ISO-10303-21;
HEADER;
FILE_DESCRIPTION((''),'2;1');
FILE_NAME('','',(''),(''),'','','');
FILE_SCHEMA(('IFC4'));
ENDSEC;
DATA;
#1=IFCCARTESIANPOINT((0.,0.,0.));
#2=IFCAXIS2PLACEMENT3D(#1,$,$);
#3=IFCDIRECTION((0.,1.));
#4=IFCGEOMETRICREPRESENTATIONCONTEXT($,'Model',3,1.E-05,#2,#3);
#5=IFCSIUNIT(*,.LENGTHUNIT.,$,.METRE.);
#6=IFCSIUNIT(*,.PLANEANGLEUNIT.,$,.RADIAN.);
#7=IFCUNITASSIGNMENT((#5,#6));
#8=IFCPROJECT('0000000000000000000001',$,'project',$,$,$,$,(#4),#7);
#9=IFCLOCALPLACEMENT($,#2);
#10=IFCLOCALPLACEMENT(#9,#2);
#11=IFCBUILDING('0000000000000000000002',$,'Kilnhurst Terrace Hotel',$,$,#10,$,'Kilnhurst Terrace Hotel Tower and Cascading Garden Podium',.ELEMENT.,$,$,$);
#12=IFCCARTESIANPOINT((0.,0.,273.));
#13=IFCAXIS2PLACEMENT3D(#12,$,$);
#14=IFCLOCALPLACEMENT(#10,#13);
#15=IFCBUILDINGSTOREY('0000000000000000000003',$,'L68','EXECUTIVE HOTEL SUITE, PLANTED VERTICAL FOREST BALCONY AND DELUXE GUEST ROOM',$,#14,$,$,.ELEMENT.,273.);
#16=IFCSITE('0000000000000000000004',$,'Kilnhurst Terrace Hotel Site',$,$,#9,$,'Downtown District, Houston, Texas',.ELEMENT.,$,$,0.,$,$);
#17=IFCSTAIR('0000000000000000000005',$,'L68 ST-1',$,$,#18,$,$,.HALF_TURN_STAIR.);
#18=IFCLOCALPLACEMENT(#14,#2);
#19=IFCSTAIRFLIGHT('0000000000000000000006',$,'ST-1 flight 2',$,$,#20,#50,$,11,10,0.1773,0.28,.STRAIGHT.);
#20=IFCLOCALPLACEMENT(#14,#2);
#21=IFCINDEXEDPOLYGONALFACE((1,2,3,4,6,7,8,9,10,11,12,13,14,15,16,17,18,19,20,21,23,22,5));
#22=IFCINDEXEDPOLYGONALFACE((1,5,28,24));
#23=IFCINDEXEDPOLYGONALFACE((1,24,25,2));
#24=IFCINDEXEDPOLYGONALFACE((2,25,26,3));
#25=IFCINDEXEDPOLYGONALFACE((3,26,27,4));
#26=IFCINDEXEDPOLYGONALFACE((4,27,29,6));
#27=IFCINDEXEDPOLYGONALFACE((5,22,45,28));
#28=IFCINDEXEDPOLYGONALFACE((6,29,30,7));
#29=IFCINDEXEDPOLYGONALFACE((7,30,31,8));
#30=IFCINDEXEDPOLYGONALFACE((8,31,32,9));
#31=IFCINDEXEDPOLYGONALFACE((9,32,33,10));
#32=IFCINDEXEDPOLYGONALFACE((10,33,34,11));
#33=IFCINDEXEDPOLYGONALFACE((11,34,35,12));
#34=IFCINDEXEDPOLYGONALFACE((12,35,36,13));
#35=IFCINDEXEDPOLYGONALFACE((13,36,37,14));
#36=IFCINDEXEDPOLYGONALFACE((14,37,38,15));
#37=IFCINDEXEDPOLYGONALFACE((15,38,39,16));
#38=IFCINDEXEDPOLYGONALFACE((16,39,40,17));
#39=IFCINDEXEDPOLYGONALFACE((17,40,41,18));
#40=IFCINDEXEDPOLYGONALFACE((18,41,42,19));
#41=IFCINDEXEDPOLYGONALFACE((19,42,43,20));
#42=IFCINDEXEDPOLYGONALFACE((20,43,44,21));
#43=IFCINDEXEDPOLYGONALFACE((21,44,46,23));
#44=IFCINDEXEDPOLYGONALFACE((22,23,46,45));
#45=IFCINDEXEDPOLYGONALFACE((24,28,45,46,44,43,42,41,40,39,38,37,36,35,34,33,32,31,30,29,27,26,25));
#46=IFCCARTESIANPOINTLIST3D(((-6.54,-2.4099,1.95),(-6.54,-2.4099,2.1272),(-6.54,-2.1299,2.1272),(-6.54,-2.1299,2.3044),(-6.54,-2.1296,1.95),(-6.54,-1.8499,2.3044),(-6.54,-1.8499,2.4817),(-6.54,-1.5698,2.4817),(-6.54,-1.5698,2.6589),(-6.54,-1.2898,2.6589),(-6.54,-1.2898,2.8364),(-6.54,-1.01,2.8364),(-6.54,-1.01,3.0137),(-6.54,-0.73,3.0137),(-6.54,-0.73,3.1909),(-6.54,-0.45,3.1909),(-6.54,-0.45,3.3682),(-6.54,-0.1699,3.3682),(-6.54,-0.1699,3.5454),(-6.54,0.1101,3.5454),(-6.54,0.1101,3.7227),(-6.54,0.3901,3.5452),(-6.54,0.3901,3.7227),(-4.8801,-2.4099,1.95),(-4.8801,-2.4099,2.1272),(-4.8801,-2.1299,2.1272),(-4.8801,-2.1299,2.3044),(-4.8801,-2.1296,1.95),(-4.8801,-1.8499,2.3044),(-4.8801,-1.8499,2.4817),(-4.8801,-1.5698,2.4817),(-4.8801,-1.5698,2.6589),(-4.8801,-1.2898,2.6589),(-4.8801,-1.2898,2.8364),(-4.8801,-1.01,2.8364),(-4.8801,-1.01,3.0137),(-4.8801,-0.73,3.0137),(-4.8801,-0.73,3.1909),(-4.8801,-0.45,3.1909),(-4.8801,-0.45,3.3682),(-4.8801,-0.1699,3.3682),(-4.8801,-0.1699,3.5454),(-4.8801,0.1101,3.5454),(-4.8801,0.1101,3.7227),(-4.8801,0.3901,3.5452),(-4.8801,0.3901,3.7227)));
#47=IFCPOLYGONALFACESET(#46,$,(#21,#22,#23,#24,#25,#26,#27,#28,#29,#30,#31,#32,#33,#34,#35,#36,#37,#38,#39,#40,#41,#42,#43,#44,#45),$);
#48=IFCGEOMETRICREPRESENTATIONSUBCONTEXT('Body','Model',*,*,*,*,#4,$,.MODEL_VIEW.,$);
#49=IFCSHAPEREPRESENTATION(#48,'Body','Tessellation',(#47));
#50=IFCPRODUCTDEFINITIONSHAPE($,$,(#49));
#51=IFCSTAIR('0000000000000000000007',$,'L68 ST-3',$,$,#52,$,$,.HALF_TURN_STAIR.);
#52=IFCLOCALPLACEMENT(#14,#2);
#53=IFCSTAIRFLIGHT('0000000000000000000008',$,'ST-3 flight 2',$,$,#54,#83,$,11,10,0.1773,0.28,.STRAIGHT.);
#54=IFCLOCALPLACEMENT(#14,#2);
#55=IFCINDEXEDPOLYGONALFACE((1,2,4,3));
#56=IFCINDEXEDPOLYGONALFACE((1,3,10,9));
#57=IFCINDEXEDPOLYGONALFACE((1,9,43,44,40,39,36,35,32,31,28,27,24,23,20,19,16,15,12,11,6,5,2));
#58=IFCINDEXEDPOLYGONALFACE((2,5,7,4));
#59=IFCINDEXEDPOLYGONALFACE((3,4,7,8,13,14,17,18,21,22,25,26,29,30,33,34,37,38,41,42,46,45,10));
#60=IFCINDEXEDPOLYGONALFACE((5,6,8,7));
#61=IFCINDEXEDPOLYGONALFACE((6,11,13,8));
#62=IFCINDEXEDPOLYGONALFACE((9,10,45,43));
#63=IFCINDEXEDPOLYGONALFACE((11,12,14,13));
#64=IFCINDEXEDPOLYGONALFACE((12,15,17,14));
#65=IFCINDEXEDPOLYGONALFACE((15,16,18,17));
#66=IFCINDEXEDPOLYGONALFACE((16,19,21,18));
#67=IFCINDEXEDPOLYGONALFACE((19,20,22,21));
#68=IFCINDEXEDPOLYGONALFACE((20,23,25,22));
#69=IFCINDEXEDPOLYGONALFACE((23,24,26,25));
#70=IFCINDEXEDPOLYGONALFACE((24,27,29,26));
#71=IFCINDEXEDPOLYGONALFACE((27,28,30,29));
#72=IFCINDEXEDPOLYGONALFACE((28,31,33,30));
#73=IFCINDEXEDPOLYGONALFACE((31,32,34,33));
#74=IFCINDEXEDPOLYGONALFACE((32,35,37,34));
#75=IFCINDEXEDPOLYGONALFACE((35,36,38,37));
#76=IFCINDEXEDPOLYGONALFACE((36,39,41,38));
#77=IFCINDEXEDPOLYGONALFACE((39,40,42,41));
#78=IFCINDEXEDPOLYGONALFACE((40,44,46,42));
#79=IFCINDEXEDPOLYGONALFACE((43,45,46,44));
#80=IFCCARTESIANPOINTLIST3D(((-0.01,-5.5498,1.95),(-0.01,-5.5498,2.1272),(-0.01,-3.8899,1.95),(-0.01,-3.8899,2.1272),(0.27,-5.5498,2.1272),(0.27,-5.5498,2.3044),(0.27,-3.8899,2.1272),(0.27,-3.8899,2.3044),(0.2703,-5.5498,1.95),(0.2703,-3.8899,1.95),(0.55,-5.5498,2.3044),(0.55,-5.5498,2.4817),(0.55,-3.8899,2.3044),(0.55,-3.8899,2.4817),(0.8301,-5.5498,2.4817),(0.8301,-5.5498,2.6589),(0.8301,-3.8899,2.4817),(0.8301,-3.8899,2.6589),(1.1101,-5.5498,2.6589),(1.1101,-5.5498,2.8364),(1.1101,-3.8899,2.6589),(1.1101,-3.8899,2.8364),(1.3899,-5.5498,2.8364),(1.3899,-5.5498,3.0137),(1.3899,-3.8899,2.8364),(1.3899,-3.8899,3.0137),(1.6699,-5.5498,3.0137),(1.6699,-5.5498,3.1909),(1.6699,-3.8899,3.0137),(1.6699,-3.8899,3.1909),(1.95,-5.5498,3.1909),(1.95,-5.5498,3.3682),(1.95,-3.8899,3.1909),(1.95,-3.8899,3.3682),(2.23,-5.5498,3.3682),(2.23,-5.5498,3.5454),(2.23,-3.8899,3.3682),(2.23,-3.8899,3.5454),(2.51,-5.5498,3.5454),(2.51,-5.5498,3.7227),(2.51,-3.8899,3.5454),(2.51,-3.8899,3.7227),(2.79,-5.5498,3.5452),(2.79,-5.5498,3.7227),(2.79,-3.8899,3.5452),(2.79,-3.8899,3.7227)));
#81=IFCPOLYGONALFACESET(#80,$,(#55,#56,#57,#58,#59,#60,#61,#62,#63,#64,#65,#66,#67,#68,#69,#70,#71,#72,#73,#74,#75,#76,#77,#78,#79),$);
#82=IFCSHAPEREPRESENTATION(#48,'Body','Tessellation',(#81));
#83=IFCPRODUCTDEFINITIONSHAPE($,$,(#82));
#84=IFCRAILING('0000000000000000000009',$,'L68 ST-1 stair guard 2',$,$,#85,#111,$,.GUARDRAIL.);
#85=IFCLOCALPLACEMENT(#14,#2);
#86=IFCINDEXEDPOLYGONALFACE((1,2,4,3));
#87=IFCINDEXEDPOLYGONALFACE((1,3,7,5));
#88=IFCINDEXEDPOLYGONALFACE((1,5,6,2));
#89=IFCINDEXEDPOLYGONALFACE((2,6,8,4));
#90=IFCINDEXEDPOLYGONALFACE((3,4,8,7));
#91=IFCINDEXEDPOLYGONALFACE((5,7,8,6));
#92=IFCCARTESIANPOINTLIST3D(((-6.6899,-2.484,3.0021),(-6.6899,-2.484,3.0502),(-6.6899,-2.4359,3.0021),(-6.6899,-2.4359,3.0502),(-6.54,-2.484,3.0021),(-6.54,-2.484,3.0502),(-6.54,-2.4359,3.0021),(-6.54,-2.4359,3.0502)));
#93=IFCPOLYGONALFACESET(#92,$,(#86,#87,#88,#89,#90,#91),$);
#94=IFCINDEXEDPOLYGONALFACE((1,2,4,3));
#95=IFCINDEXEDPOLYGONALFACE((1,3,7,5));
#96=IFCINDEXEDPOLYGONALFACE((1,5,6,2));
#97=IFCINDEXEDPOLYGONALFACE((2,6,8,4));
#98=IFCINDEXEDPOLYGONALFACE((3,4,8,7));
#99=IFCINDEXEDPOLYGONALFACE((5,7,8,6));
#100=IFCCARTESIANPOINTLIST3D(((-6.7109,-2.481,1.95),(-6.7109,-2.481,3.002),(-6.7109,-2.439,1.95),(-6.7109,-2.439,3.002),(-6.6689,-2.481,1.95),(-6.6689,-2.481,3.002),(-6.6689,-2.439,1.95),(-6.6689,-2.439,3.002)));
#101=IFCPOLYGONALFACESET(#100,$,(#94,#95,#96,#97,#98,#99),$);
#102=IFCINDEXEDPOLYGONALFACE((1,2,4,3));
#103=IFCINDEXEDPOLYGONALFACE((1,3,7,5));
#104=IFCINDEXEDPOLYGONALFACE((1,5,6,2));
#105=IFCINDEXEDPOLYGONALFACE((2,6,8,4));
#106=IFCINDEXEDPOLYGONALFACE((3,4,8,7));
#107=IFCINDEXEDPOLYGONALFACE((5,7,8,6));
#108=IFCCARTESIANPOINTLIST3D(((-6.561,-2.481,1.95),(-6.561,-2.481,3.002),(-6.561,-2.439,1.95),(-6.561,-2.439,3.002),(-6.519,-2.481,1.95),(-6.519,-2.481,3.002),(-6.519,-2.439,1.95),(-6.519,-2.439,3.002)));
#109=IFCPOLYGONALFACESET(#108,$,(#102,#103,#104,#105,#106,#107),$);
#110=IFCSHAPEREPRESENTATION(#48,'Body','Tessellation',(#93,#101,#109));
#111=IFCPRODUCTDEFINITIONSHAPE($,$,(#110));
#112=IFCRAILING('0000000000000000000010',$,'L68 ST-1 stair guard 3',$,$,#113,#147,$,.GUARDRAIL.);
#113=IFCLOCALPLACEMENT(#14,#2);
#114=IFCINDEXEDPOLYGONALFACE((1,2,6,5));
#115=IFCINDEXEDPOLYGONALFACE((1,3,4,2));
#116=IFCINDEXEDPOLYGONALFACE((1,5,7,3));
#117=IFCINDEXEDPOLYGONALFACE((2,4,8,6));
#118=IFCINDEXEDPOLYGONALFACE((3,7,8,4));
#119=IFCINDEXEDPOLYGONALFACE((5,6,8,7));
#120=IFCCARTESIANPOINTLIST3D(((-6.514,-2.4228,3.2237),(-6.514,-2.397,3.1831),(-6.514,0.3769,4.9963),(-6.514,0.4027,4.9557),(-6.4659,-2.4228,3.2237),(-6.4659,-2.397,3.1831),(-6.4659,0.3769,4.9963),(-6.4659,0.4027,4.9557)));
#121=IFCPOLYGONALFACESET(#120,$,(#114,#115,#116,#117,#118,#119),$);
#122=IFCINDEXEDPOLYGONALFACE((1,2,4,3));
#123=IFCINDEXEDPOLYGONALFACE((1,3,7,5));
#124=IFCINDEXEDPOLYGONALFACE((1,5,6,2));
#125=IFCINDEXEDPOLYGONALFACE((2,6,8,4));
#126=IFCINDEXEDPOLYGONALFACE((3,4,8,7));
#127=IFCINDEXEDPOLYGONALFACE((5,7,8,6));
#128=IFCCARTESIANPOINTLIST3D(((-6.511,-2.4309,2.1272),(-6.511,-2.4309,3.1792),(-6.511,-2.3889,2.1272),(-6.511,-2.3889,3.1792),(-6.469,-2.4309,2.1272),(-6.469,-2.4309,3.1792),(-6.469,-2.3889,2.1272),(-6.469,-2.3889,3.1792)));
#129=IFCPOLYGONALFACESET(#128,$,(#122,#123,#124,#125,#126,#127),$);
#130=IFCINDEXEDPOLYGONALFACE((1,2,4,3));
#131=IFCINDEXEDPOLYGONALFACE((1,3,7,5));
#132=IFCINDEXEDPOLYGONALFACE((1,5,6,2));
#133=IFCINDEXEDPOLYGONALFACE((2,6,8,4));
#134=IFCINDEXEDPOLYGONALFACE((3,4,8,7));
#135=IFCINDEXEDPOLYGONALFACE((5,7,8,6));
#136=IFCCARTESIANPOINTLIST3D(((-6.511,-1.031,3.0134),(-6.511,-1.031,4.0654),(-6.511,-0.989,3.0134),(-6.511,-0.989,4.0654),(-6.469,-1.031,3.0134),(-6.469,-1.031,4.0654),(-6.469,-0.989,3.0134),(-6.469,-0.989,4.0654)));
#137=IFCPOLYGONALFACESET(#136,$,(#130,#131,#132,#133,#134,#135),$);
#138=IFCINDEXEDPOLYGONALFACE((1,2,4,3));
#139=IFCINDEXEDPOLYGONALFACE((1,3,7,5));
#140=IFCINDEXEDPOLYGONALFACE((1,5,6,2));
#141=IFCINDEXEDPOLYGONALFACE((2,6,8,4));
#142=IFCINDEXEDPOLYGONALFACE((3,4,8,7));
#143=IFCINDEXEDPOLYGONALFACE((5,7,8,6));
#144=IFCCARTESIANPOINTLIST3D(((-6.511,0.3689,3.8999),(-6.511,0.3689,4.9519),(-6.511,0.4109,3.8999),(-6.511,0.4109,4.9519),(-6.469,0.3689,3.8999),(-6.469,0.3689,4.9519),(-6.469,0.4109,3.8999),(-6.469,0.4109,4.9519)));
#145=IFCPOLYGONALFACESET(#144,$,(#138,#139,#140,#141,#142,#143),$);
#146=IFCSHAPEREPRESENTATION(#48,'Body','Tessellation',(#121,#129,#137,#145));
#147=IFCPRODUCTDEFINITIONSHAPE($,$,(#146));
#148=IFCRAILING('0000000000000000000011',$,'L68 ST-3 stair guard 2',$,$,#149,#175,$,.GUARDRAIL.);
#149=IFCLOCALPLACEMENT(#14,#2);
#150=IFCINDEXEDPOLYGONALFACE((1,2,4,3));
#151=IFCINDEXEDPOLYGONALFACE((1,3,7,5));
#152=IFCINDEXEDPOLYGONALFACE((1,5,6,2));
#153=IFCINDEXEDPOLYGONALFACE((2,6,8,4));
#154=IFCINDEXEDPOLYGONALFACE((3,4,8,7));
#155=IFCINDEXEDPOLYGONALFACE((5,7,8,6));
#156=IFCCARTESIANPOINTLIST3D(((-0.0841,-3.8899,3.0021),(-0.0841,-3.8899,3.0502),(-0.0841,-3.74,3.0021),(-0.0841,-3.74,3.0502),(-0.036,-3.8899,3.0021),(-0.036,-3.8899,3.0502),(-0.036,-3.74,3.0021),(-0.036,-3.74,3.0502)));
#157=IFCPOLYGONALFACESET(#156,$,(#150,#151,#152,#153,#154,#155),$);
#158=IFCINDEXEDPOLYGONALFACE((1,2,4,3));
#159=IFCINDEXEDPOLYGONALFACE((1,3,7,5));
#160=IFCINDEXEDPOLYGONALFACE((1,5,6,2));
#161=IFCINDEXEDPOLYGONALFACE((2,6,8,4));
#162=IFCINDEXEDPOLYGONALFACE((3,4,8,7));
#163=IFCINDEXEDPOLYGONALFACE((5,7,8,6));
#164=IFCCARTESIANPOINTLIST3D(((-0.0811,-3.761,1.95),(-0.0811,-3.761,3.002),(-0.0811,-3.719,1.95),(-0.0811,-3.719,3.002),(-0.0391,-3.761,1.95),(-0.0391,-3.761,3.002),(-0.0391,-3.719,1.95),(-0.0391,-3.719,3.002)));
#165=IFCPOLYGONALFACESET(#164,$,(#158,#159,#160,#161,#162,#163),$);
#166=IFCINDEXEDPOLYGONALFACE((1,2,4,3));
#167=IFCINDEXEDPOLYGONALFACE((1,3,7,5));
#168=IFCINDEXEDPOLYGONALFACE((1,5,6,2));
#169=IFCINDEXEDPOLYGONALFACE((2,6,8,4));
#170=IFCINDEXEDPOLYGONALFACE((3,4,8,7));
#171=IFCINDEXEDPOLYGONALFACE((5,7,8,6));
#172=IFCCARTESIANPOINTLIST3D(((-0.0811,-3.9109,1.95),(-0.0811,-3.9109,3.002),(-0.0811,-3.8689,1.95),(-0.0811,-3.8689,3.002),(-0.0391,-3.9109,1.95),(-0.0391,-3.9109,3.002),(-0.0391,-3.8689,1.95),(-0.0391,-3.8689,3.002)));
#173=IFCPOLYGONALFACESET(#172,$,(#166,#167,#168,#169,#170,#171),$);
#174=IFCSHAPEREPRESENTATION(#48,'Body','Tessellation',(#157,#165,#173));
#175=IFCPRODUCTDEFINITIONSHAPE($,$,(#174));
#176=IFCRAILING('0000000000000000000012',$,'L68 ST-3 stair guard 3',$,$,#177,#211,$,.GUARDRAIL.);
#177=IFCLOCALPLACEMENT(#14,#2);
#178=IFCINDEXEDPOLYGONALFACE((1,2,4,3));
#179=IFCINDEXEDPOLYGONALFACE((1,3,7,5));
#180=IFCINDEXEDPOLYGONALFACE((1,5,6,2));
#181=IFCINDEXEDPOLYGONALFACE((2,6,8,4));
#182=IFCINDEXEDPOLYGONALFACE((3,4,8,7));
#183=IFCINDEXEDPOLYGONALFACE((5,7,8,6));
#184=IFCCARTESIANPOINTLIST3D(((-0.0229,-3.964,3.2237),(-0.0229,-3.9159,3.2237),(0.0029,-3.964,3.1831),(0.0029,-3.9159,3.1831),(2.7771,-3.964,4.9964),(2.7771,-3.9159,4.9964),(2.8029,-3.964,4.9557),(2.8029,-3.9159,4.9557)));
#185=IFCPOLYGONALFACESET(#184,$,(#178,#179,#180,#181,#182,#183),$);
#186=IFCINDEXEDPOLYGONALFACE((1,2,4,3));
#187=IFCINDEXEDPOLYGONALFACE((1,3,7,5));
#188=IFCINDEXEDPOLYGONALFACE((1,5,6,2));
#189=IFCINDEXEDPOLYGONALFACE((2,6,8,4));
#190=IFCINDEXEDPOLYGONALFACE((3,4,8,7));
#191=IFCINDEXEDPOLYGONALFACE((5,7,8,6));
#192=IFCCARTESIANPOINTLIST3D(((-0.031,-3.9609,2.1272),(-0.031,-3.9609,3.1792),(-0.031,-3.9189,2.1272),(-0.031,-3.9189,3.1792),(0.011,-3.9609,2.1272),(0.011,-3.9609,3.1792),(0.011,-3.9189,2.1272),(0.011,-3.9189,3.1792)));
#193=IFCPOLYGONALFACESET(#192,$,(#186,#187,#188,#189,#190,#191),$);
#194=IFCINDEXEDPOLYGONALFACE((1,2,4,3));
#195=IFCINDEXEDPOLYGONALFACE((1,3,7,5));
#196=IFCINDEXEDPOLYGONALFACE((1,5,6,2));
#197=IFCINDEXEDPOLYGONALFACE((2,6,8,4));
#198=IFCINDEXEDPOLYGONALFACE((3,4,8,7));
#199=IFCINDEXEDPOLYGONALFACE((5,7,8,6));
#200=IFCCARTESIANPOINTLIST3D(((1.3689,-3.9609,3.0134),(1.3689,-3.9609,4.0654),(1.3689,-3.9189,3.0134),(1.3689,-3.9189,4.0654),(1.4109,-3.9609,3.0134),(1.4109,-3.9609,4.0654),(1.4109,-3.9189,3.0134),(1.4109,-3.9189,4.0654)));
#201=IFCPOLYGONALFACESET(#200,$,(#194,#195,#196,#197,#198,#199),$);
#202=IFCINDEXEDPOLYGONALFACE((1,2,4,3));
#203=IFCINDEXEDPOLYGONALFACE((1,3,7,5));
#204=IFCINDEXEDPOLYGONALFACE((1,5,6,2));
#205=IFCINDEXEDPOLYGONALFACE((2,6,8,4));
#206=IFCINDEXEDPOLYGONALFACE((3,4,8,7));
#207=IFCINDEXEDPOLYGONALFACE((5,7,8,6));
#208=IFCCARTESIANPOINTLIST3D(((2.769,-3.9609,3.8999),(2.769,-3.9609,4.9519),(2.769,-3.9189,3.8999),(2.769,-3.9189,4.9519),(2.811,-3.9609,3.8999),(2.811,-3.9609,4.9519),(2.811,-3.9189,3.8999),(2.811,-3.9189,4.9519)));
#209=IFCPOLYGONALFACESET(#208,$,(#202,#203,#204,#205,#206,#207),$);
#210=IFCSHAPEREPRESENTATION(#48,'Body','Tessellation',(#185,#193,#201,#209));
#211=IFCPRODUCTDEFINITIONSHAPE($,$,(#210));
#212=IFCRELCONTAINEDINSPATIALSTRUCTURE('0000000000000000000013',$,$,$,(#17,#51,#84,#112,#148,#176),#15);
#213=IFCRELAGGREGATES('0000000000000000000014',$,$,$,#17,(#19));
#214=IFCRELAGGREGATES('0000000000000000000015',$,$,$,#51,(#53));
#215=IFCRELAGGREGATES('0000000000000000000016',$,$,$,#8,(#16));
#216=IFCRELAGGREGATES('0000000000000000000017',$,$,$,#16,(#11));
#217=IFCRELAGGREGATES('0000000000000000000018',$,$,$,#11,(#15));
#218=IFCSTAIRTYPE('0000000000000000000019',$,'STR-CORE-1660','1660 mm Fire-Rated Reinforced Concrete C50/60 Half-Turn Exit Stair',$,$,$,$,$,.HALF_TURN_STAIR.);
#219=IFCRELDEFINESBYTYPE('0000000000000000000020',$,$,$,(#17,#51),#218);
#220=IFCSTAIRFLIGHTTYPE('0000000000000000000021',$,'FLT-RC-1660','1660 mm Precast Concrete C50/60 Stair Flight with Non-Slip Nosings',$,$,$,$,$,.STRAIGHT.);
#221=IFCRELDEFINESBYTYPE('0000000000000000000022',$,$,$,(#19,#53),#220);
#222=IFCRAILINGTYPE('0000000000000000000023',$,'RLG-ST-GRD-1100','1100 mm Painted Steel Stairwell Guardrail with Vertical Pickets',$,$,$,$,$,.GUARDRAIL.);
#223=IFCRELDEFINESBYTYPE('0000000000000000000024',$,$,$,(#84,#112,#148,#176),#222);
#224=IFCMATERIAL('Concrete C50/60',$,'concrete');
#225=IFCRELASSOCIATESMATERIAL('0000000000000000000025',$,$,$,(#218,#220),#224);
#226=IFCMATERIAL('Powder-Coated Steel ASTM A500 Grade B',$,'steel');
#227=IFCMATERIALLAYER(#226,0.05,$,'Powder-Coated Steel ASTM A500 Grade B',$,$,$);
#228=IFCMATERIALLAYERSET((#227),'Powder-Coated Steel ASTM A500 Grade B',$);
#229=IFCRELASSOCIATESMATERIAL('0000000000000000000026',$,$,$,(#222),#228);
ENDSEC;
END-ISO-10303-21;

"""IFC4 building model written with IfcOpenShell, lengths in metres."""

from ifc_helpers import new_model, si_unit, direction, frame, origin, origin_2d, place, context, subcontext, project, spatial, polyline, rectangle, outline, extrude, material, layer, layer_set, type_object, element, aggregate, save


model = new_model("IFC4")

# Units and contexts
model_context = context("Model", 3, precision=1e-05, world=origin(), true_north=direction((0.0, 1.0)))
body_context = subcontext(model_context, "Body", "Model", "MODEL_VIEW")
ifc_project = project(units=[si_unit("LENGTHUNIT", "METRE"), si_unit("PLANEANGLEUNIT", "RADIAN")], contexts=[model_context])

# Site, building, storey
site_placement = place(None, origin())
site = spatial("IfcSite", under=ifc_project, at=site_placement, Name="Kilnhurst Terrace Hotel Site", LongName="Downtown District, Houston, Texas", CompositionType="ELEMENT", RefElevation=0.0)
building_placement = place(site_placement, origin())
building = spatial("IfcBuilding", under=site, at=building_placement, Name="Kilnhurst Terrace Hotel", LongName="Kilnhurst Terrace Hotel Tower and Cascading Garden Podium", CompositionType="ELEMENT")
storey_placement = place(building_placement, frame((0.0, 0.0, 273.0)))
storey = spatial("IfcBuildingStorey", under=building, at=storey_placement, Name="L68", Description="EXECUTIVE HOTEL SUITE, PLANTED VERTICAL FOREST BALCONY AND DELUXE GUEST ROOM", CompositionType="ELEMENT", Elevation=273.0)

# Shared definitions
ifc_material_1 = material(Name="Concrete C50/60", Category="concrete")

# Stairs, stair flights
stair_type = type_object("IfcStairType", Name="STR-CORE-1660", Description="1660 mm Fire-Rated Reinforced Concrete C50/60 Half-Turn Exit Stair", PredefinedType="HALF_TURN_STAIR", material=ifc_material_1)
stair_1_placement = place(storey_placement, origin())
stair_1 = element("IfcStair", 1, at=stair_1_placement, inside=storey, type_object=stair_type, Name="L68 ST-1", PredefinedType="HALF_TURN_STAIR")
stair_flight_type = type_object("IfcStairFlightType", Name="FLT-RC-1660", Description="1660 mm Precast Concrete C50/60 Stair Flight with Non-Slip Nosings", PredefinedType="STRAIGHT", material=ifc_material_1)
stair_flight_1_placement = place(storey_placement, frame((-5.71, -2.4099, 1.95), z_axis=(0.0, 0.0, 1.0), x_axis=(0.0, 1.0, 0.0)))
stair_flight_1 = element("IfcStairFlight", 2, at=stair_flight_1_placement, type_object=stair_flight_type, Name="ST-1 flight 2", NumberOfRisers=11, NumberOfTreads=10, PredefinedType="STRAIGHT", RiserHeight=0.1773, TreadLength=0.28, context=body_context, shape_type="SweptSolid", body=[
    extrude(outline(polyline([(0.0, 0.0), (0.0, 0.1772), (0.28, 0.1772), (0.28, 0.3545), (0.5601, 0.3545), (0.5601, 0.5317), (0.8401, 0.5317), (0.8401, 0.709), (1.1201, 0.709), (1.1201, 0.8865), (1.3999, 0.8865), (1.3999, 1.0637), (1.6799, 1.0637), (1.6799, 1.241), (1.96, 1.241), (1.96, 1.4182), (2.24, 1.4182), (2.24, 1.5955), (2.52, 1.5955), (2.52, 1.7727), (2.8, 1.7727), (2.8, 1.95), (2.8, 1.5952), (0.2803, 0.0), (0.0, 0.0)])), frame((0.0, 0.8301, 0.0), z_axis=(0.0, -1.0, 0.0), x_axis=(1.0, 0.0, 0.0)), (0.0, 0.0, 1.0), 1.6599),
])
aggregate(stair_1, [stair_flight_1])
stair_2_placement = place(storey_placement, origin())
stair_2 = element("IfcStair", 3, at=stair_2_placement, inside=storey, type_object=stair_type, Name="L68 ST-3", PredefinedType="HALF_TURN_STAIR")
stair_flight_2_placement = place(storey_placement, frame((-0.01, -4.72, 1.95), z_axis=(0.0, 0.0, 1.0), x_axis=(1.0, 0.0, 0.0)))
stair_flight_2 = element("IfcStairFlight", 4, at=stair_flight_2_placement, type_object=stair_flight_type, Name="ST-3 flight 2", NumberOfRisers=11, NumberOfTreads=10, PredefinedType="STRAIGHT", RiserHeight=0.1773, TreadLength=0.28, context=body_context, shape_type="SweptSolid", body=[
    extrude(outline(polyline([(0.0, 0.0), (0.0, 0.1772), (0.28, 0.1772), (0.28, 0.3545), (0.5601, 0.3545), (0.5601, 0.5317), (0.8401, 0.5317), (0.8401, 0.709), (1.1201, 0.709), (1.1201, 0.8865), (1.3999, 0.8865), (1.3999, 1.0637), (1.6799, 1.0637), (1.6799, 1.241), (1.96, 1.241), (1.96, 1.4182), (2.24, 1.4182), (2.24, 1.5955), (2.52, 1.5955), (2.52, 1.7727), (2.8, 1.7727), (2.8, 1.95), (2.8, 1.5952), (0.2803, 0.0), (0.0, 0.0)])), frame((0.0, 0.8301, 0.0), z_axis=(0.0, -1.0, 0.0), x_axis=(1.0, 0.0, 0.0)), (0.0, 0.0, 1.0), 1.6599),
])
aggregate(stair_2, [stair_flight_2])

# Railings
ifc_material_2 = material(Name="Powder-Coated Steel ASTM A500 Grade B", Category="steel")
ifc_layer_1 = layer(ifc_material_2, 0.05, Name="Powder-Coated Steel ASTM A500 Grade B")
ifc_layer_set_1 = layer_set([ifc_layer_1], Name="Powder-Coated Steel ASTM A500 Grade B")
railing_type_1 = type_object("IfcRailingType", Name="RLG-ST-GRD-1100", Description="1100 mm Painted Steel Stairwell Guardrail with Vertical Pickets", PredefinedType="GUARDRAIL", material=ifc_layer_set_1)
railing_1_placement = place(storey_placement, frame((-6.6899, -2.46, 1.95)))
element("IfcRailing", 5, at=railing_1_placement, inside=storey, type_object=railing_type_1, Name="L68 ST-1 stair guard 2", PredefinedType="GUARDRAIL", context=body_context, shape_type="SweptSolid", body=[
    extrude(rectangle(XDim=0.0481, YDim=0.0481, at=origin_2d()), frame((0.0, 0.0, 1.0762), z_axis=(1.0, 0.0, 0.0), x_axis=(0.0, 1.0, 0.0)), (0.0, 0.0, 1.0), 0.1499),
    extrude(rectangle(XDim=0.042, YDim=0.042, at=origin_2d()), origin(), (0.0, 0.0, 1.0), 1.052),
    extrude(rectangle(XDim=0.042, YDim=0.042, at=origin_2d()), frame((0.1499, 0.0, 0.0)), (0.0, 0.0, 1.0), 1.052),
])
railing_2_placement = place(storey_placement, frame((-6.49, -2.4099, 2.1272)))
element("IfcRailing", 6, at=railing_2_placement, inside=storey, type_object=railing_type_1, Name="L68 ST-1 stair guard 3", PredefinedType="GUARDRAIL", context=body_context, shape_type="SweptSolid", body=[
    extrude(rectangle(XDim=0.0481, YDim=0.0481, at=origin_2d()), frame((0.0, 0.0, 1.0762), z_axis=(0.0, 0.844888, 0.534943), x_axis=(-1.0, 0.0, 0.0)), (0.0, 0.0, 1.0), 3.3137),
    extrude(rectangle(XDim=0.042, YDim=0.042, at=origin_2d()), origin(), (0.0, 0.0, 1.0), 1.052),
    extrude(rectangle(XDim=0.042, YDim=0.042, at=origin_2d()), frame((0.0, 1.3999, 0.8862)), (0.0, 0.0, 1.0), 1.052),
    extrude(rectangle(XDim=0.042, YDim=0.042, at=origin_2d()), frame((0.0, 2.7998, 1.7727)), (0.0, 0.0, 1.0), 1.052),
])
railing_3_placement = place(storey_placement, frame((-0.0601, -3.74, 1.95)))
element("IfcRailing", 7, at=railing_3_placement, inside=storey, type_object=railing_type_1, Name="L68 ST-3 stair guard 2", PredefinedType="GUARDRAIL", context=body_context, shape_type="SweptSolid", body=[
    extrude(rectangle(XDim=0.0481, YDim=0.0481, at=origin_2d()), frame((0.0, 0.0, 1.0762), z_axis=(0.0, -1.0, 0.0), x_axis=(1.0, 0.0, 0.0)), (0.0, 0.0, 1.0), 0.1499),
    extrude(rectangle(XDim=0.042, YDim=0.042, at=origin_2d()), origin(), (0.0, 0.0, 1.0), 1.052),
    extrude(rectangle(XDim=0.042, YDim=0.042, at=origin_2d()), frame((0.0, -0.1499, 0.0)), (0.0, 0.0, 1.0), 1.052),
])
railing_4_placement = place(storey_placement, frame((-0.01, -3.9399, 2.1272)))
element("IfcRailing", 8, at=railing_4_placement, inside=storey, type_object=railing_type_1, Name="L68 ST-3 stair guard 3", PredefinedType="GUARDRAIL", context=body_context, shape_type="SweptSolid", body=[
    extrude(rectangle(XDim=0.0481, YDim=0.0481, at=origin_2d()), frame((0.0, 0.0, 1.0762), z_axis=(0.844909, 0.0, 0.53491), x_axis=(0.0, 1.0, 0.0)), (0.0, 0.0, 1.0), 3.314),
    extrude(rectangle(XDim=0.042, YDim=0.042, at=origin_2d()), origin(), (0.0, 0.0, 1.0), 1.052),
    extrude(rectangle(XDim=0.042, YDim=0.042, at=origin_2d()), frame((1.3999, 0.0, 0.8862)), (0.0, 0.0, 1.0), 1.052),
    extrude(rectangle(XDim=0.042, YDim=0.042, at=origin_2d()), frame((2.8, 0.0, 1.7727)), (0.0, 0.0, 1.0), 1.052),
])

save(model, "model.ifc")
